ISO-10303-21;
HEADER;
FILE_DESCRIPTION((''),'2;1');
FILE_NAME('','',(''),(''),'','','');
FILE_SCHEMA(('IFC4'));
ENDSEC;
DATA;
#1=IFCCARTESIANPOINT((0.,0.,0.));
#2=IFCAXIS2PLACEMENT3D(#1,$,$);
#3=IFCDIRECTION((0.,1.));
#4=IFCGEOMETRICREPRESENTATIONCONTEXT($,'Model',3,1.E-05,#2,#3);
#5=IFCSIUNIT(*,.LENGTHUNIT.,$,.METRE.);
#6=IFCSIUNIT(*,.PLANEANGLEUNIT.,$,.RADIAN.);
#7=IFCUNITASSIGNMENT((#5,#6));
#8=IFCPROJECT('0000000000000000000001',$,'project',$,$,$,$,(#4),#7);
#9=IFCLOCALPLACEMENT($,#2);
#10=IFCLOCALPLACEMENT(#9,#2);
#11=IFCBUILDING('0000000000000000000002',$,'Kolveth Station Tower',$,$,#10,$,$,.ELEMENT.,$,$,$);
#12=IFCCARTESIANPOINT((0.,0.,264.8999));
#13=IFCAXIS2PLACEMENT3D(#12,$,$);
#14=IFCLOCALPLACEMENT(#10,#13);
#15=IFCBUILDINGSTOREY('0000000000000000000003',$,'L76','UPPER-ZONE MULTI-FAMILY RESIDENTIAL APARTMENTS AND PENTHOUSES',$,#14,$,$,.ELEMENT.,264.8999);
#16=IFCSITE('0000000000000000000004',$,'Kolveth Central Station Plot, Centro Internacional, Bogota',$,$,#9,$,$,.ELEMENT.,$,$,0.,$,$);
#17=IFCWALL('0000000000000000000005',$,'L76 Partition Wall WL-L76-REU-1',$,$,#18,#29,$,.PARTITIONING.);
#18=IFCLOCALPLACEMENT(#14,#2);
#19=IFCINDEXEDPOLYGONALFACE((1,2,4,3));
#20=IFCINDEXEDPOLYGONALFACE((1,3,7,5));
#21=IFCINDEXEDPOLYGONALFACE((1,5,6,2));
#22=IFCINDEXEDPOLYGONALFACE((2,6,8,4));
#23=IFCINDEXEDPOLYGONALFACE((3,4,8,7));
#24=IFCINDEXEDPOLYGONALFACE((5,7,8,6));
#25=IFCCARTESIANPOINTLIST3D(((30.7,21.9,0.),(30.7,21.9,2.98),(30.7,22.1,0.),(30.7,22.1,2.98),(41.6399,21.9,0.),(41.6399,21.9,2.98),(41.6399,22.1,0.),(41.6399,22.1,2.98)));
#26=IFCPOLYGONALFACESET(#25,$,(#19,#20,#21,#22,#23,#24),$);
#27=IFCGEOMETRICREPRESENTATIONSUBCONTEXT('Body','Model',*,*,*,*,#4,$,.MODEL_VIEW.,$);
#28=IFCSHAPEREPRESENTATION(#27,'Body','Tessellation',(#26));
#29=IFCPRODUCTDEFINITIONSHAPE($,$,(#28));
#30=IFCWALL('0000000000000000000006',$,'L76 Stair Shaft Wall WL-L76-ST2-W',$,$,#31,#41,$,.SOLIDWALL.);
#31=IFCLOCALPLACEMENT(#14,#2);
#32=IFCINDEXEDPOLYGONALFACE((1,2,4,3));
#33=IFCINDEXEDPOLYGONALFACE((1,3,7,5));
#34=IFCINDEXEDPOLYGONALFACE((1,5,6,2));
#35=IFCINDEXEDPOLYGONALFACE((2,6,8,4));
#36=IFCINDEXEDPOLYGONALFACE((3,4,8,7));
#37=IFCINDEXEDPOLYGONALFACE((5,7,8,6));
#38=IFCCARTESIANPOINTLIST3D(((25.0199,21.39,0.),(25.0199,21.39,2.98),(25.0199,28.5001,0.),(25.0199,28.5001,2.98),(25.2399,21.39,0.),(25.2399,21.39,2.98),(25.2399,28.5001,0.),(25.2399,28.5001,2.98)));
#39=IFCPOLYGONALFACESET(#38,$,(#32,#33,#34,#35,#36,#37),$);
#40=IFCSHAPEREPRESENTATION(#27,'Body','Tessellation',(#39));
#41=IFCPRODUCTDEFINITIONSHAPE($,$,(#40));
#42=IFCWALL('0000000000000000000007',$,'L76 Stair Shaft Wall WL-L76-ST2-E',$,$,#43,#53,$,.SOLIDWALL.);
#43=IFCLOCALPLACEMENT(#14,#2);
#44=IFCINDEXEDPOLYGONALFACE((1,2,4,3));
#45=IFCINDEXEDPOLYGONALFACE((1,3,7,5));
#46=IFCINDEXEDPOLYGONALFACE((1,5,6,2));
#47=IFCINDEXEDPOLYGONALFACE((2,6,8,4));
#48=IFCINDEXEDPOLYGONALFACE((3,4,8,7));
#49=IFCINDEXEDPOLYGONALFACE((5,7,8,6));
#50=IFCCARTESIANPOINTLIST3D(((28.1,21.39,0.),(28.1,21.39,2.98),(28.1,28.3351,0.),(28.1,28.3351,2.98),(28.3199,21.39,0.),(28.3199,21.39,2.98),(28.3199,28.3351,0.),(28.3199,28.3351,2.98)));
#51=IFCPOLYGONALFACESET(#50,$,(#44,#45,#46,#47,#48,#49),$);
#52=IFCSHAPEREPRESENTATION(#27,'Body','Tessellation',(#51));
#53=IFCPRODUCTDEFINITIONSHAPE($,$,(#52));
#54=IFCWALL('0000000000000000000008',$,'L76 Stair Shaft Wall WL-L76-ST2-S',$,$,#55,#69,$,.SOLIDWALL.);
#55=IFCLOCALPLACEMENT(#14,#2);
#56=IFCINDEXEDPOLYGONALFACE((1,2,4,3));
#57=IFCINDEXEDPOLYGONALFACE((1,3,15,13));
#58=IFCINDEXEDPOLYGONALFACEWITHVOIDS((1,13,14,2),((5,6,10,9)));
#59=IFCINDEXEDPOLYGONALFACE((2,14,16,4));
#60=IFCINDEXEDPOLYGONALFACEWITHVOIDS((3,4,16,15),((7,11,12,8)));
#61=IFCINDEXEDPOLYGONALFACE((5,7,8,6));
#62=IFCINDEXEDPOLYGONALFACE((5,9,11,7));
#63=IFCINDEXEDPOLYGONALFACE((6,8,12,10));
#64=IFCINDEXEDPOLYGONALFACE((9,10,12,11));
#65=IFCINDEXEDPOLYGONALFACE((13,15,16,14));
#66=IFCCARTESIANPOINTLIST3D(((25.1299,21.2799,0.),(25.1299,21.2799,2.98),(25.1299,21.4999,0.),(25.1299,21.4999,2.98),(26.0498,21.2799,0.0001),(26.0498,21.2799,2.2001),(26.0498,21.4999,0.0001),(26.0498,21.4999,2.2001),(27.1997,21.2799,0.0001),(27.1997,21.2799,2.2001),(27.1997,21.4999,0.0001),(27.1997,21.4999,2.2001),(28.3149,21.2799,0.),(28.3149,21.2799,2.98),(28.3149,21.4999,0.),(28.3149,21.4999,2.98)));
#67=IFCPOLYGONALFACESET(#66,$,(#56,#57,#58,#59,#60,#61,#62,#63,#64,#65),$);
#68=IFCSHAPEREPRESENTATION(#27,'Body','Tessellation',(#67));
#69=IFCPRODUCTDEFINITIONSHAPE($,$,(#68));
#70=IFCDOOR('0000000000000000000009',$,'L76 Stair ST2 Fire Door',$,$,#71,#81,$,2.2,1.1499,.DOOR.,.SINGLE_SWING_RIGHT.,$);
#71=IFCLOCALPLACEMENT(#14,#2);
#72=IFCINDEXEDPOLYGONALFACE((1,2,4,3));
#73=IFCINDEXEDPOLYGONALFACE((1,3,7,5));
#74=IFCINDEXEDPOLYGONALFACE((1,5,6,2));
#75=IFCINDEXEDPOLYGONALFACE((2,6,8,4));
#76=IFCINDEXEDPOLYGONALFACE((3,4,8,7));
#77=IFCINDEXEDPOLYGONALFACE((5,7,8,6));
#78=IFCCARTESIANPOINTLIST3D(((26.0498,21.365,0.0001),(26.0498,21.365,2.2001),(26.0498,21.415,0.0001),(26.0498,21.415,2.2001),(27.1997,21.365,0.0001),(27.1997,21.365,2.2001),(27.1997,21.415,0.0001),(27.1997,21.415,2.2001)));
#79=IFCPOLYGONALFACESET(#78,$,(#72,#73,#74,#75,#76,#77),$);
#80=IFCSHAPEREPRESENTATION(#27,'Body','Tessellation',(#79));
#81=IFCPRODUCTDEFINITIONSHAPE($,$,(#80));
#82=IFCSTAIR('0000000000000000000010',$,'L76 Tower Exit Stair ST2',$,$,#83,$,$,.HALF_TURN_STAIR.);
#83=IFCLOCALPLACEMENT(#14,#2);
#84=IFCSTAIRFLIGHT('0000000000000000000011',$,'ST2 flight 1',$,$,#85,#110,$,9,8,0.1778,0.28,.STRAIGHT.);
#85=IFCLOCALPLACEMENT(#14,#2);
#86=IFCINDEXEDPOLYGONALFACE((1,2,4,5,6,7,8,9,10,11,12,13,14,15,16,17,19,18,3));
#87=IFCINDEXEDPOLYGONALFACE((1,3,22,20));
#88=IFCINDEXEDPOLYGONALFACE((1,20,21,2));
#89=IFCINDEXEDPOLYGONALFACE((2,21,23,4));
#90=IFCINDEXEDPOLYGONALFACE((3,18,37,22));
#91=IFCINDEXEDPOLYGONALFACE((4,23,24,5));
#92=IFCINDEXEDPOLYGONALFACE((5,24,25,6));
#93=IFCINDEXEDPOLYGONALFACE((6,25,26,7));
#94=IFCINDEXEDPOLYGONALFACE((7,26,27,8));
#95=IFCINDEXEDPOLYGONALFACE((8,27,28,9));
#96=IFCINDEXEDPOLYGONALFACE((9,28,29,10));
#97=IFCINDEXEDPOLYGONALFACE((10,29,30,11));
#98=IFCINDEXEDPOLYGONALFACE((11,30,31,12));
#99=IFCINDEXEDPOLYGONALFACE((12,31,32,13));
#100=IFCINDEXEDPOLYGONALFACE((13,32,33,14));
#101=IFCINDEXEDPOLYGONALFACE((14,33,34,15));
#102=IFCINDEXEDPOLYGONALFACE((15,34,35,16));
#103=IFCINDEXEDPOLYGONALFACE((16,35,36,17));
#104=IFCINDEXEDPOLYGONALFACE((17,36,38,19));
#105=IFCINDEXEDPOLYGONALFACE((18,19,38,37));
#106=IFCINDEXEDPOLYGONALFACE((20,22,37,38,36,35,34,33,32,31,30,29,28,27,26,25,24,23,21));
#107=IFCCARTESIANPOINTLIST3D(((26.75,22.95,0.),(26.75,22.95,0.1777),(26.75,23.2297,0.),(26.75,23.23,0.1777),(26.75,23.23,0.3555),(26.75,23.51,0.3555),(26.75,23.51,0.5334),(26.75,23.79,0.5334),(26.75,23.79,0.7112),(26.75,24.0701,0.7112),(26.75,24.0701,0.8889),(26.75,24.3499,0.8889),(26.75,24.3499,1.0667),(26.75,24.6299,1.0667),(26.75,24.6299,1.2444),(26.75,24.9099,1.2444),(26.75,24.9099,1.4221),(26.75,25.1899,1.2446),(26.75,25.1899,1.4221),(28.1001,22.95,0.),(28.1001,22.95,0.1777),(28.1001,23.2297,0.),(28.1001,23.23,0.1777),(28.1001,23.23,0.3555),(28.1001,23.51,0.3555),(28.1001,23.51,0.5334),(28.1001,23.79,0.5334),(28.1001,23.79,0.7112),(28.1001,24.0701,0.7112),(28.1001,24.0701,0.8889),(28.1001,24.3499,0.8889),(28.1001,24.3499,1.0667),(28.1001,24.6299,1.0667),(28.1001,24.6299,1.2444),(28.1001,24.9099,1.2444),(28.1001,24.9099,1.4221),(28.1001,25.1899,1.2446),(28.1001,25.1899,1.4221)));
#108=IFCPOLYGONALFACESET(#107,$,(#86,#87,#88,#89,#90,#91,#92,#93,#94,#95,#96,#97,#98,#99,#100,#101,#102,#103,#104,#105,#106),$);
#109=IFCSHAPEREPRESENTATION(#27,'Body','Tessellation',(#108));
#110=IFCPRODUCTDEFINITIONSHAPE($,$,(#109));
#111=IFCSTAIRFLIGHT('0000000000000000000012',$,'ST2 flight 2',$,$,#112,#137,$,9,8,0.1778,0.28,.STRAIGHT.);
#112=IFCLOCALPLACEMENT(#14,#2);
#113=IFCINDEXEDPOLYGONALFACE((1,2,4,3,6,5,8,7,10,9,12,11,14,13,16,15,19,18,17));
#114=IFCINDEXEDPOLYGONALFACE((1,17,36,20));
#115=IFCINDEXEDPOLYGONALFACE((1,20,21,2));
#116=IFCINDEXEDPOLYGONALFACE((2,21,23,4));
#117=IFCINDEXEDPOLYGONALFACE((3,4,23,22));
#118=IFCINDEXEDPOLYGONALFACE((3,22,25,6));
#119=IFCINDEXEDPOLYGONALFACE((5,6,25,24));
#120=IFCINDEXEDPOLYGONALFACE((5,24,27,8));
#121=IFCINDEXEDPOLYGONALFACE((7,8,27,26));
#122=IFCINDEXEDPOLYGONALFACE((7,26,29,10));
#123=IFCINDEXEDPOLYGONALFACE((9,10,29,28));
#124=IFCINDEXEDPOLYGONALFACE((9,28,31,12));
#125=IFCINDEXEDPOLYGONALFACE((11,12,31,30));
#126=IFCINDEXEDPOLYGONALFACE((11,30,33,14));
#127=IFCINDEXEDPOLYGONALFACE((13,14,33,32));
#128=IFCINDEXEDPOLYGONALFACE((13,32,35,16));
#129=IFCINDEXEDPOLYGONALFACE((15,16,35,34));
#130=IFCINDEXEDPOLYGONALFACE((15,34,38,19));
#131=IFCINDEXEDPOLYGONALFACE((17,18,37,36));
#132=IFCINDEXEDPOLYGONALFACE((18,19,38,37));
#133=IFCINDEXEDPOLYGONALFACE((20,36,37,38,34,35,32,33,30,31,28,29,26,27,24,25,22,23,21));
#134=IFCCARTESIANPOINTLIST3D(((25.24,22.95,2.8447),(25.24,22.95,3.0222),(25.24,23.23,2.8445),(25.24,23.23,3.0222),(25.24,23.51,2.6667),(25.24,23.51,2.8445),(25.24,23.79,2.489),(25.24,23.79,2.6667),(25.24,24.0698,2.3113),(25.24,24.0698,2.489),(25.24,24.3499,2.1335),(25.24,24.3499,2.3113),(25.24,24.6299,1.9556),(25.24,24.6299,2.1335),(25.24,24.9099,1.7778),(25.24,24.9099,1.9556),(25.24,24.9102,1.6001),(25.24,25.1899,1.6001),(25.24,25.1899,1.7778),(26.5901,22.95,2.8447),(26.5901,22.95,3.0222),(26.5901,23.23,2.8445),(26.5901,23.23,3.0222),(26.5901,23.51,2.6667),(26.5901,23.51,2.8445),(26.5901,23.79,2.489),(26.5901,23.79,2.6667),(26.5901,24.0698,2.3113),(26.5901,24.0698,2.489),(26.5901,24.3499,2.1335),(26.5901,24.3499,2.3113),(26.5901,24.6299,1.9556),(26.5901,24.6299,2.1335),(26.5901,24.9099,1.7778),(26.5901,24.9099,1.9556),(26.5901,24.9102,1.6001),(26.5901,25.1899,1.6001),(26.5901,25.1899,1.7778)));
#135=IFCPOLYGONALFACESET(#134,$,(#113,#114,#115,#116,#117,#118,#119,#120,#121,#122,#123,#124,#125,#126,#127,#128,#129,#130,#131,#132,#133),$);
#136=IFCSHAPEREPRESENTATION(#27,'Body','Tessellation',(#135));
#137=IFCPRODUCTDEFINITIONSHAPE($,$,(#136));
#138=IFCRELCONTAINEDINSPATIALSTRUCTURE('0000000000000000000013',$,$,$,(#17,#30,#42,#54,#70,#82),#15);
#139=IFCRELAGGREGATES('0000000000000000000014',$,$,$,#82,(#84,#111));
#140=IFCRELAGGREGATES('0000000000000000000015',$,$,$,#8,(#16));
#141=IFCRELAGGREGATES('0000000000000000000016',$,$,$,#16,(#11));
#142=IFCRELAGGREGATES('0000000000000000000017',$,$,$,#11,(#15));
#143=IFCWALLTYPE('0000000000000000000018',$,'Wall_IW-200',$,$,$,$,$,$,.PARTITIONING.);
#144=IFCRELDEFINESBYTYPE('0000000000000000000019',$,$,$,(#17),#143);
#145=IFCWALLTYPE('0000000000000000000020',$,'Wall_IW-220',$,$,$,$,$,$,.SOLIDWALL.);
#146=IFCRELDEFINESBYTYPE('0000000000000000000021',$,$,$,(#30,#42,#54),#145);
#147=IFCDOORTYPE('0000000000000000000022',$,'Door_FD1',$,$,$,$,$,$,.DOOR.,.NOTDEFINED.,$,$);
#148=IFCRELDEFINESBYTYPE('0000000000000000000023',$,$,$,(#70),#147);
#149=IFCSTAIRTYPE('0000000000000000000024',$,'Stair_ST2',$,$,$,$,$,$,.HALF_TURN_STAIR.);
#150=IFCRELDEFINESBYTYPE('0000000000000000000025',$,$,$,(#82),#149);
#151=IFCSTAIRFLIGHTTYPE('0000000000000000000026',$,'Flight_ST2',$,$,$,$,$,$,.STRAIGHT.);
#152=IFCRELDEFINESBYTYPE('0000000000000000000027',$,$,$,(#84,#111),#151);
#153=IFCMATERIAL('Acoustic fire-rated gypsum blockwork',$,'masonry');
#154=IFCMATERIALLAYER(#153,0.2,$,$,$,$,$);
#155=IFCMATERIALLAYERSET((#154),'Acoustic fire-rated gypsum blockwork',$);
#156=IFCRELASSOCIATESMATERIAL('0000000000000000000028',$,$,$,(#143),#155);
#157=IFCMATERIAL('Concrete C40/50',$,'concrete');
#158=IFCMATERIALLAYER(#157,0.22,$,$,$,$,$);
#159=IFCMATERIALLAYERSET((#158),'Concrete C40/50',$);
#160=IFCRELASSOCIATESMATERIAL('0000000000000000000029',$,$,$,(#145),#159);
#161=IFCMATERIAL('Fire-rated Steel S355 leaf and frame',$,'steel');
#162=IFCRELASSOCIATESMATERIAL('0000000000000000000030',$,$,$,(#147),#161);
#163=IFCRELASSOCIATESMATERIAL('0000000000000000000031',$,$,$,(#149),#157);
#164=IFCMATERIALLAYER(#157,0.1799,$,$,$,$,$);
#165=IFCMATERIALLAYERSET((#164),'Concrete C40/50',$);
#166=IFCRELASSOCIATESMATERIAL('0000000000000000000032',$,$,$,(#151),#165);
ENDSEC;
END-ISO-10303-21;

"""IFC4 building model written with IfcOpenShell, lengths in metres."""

from ifc_helpers import new_model, si_unit, direction, frame, frame_2d, origin, place, context, subcontext, project, spatial, polyline, rectangle, outline, extrude, material, layer, layer_set, type_object, element, fill, aggregate, save


model = new_model("IFC4")

# Units and contexts
model_context = context("Model", 3, precision=1e-05, world=origin(), true_north=direction((0.0, 1.0)))
body_context = subcontext(model_context, "Body", "Model", "MODEL_VIEW")
ifc_project = project(units=[si_unit("LENGTHUNIT", "METRE"), si_unit("PLANEANGLEUNIT", "RADIAN")], contexts=[model_context])

# Site, building, storey
site_placement = place(None, origin())
site = spatial("IfcSite", under=ifc_project, at=site_placement, Name="Kolveth Central Station Plot, Centro Internacional, Bogota", CompositionType="ELEMENT", RefElevation=0.0)
building_placement = place(site_placement, origin())
building = spatial("IfcBuilding", under=site, at=building_placement, Name="Kolveth Station Tower", CompositionType="ELEMENT")
storey_placement = place(building_placement, frame((0.0, 0.0, 264.8999)))
storey = spatial("IfcBuildingStorey", under=building, at=storey_placement, Name="L76", Description="UPPER-ZONE MULTI-FAMILY RESIDENTIAL APARTMENTS AND PENTHOUSES", CompositionType="ELEMENT", Elevation=264.8999)

# Walls
ifc_material_1 = material(Name="Acoustic fire-rated gypsum blockwork", Category="masonry")
ifc_layer_1 = layer(ifc_material_1, 0.2)
ifc_layer_set_1 = layer_set([ifc_layer_1], Name="Acoustic fire-rated gypsum blockwork")
wall_type_1 = type_object("IfcWallType", Name="Wall_IW-200", PredefinedType="PARTITIONING", material=ifc_layer_set_1)
wall_1_placement = place(storey_placement, frame((30.7, 22.0, 0.0), z_axis=(0.0, 0.0, 1.0), x_axis=(1.0, 0.0, 0.0)))
element("IfcWall", 1, at=wall_1_placement, inside=storey, type_object=wall_type_1, Name="L76 Partition Wall WL-L76-REU-1", PredefinedType="PARTITIONING", context=body_context, shape_type="SweptSolid", body=[
    extrude(rectangle(XDim=10.9399, YDim=0.2, at=frame_2d((5.47, 0.0))), origin(), (0.0, 0.0, 1.0), 2.98),
])
ifc_material_2 = material(Name="Concrete C40/50", Category="concrete")
ifc_layer_2 = layer(ifc_material_2, 0.22)
ifc_layer_set_2 = layer_set([ifc_layer_2], Name="Concrete C40/50")
wall_type_2 = type_object("IfcWallType", Name="Wall_IW-220", PredefinedType="SOLIDWALL", material=ifc_layer_set_2)
wall_2_placement = place(storey_placement, frame((25.1299, 21.3899, 0.0), z_axis=(0.0, 0.0, 1.0), x_axis=(0.0, 1.0, 0.0)))
element("IfcWall", 2, at=wall_2_placement, inside=storey, type_object=wall_type_2, Name="L76 Stair Shaft Wall WL-L76-ST2-W", PredefinedType="SOLIDWALL", context=body_context, shape_type="SweptSolid", body=[
    extrude(rectangle(XDim=7.1101, YDim=0.22, at=frame_2d((3.5552, 0.0))), origin(), (0.0, 0.0, 1.0), 2.98),
])
wall_3_placement = place(storey_placement, frame((28.21, 21.3899, 0.0), z_axis=(0.0, 0.0, 1.0), x_axis=(0.0, 1.0, 0.0)))
element("IfcWall", 3, at=wall_3_placement, inside=storey, type_object=wall_type_2, Name="L76 Stair Shaft Wall WL-L76-ST2-E", PredefinedType="SOLIDWALL", context=body_context, shape_type="SweptSolid", body=[
    extrude(rectangle(XDim=6.9451, YDim=0.22, at=frame_2d((3.4727, 0.0))), origin(), (0.0, 0.0, 1.0), 2.98),
])

# Wall, opening, door
wall_4_placement = place(storey_placement, frame((25.1299, 21.3899, 0.0), z_axis=(0.0, 0.0, 1.0), x_axis=(1.0, 0.0, 0.0)))
wall_4 = element("IfcWall", 4, at=wall_4_placement, inside=storey, type_object=wall_type_2, Name="L76 Stair Shaft Wall WL-L76-ST2-S", PredefinedType="SOLIDWALL", context=body_context, shape_type="SweptSolid", body=[
    extrude(rectangle(XDim=3.1851, YDim=0.22, at=frame_2d((1.5925, 0.0))), origin(), (0.0, 0.0, 1.0), 2.98),
])
opening_placement = place(wall_4_placement, frame((0.9199, 0.0, 0.0)))
opening = element("IfcOpeningElement", 5, at=opening_placement, cuts=wall_4, PredefinedType="OPENING", context=body_context, shape_type="SweptSolid", body=[
    extrude(rectangle(XDim=1.1499, YDim=2.2, at=frame_2d((0.575, 1.1001))), frame((0.0, 0.1199, 0.0), z_axis=(0.0, -1.0, 0.0), x_axis=(1.0, 0.0, 0.0)), (0.0, 0.0, 1.0), 0.24),
])
ifc_material_3 = material(Name="Fire-rated Steel S355 leaf and frame", Category="steel")
door_type = type_object("IfcDoorType", Name="Door_FD1", OperationType="NOTDEFINED", PredefinedType="DOOR", material=ifc_material_3)
door_placement = place(opening_placement, frame((1.1499, 0.0, 0.0), z_axis=(0.0, 0.0, 1.0), x_axis=(-1.0, 0.0, 0.0)))
door = element("IfcDoor", 6, at=door_placement, inside=storey, type_object=door_type, Name="L76 Stair ST2 Fire Door", OperationType="SINGLE_SWING_RIGHT", OverallHeight=2.2, OverallWidth=1.1499, PredefinedType="DOOR", context=body_context, shape_type="SweptSolid", body=[
    extrude(rectangle(XDim=1.1499, YDim=2.2, at=frame_2d((0.575, 1.1001))), frame((0.0, 0.0249, 0.0), z_axis=(0.0, -1.0, 0.0), x_axis=(1.0, 0.0, 0.0)), (0.0, 0.0, 1.0), 0.05),
])
fill(opening, door)

# Stair, stair flights
stair_type = type_object("IfcStairType", Name="Stair_ST2", PredefinedType="HALF_TURN_STAIR", material=ifc_material_2)
stair_placement = place(storey_placement, origin())
stair = element("IfcStair", 7, at=stair_placement, inside=storey, type_object=stair_type, Name="L76 Tower Exit Stair ST2", PredefinedType="HALF_TURN_STAIR")
ifc_layer_3 = layer(ifc_material_2, 0.1799)
ifc_layer_set_3 = layer_set([ifc_layer_3], Name="Concrete C40/50")
stair_flight_type = type_object("IfcStairFlightType", Name="Flight_ST2", PredefinedType="STRAIGHT", material=ifc_layer_set_3)
stair_flight_1_placement = place(storey_placement, frame((27.425, 22.95, 0.0), z_axis=(0.0, 0.0, 1.0), x_axis=(0.0, 1.0, 0.0)))
stair_flight_1 = element("IfcStairFlight", 8, at=stair_flight_1_placement, type_object=stair_flight_type, Name="ST2 flight 1", NumberOfRisers=9, NumberOfTreads=8, PredefinedType="STRAIGHT", RiserHeight=0.1778, TreadLength=0.28, context=body_context, shape_type="SweptSolid", body=[
    extrude(outline(polyline([(0.0, 0.0), (0.0, 0.1777), (0.28, 0.1777), (0.28, 0.3555), (0.5601, 0.3555), (0.5601, 0.5334), (0.8401, 0.5334), (0.8401, 0.7112), (1.1201, 0.7112), (1.1201, 0.8889), (1.3999, 0.8889), (1.3999, 1.0667), (1.6799, 1.0667), (1.6799, 1.2444), (1.96, 1.2444), (1.96, 1.4221), (2.24, 1.4221), (2.24, 1.6001), (2.24, 1.2446), (0.2798, 0.0), (0.0, 0.0)])), frame((0.0, 0.675, 0.0), z_axis=(0.0, -1.0, 0.0), x_axis=(1.0, 0.0, 0.0)), (0.0, 0.0, 1.0), 1.3501),
])
stair_flight_2_placement = place(storey_placement, frame((25.915, 25.1899, 1.6001), z_axis=(0.0, 0.0, 1.0), x_axis=(0.0, -1.0, 0.0)))
stair_flight_2 = element("IfcStairFlight", 9, at=stair_flight_2_placement, type_object=stair_flight_type, Name="ST2 flight 2", NumberOfRisers=9, NumberOfTreads=8, PredefinedType="STRAIGHT", RiserHeight=0.1778, TreadLength=0.28, context=body_context, shape_type="SweptSolid", body=[
    extrude(outline(polyline([(0.0, 0.0), (0.0, 0.1777), (0.28, 0.1777), (0.28, 0.3555), (0.5601, 0.3555), (0.5601, 0.5334), (0.8401, 0.5334), (0.8401, 0.7112), (1.1201, 0.7112), (1.1201, 0.8889), (1.3999, 0.8889), (1.3999, 1.0667), (1.6799, 1.0667), (1.6799, 1.2444), (1.96, 1.2444), (1.96, 1.4221), (2.24, 1.4221), (2.24, 1.6001), (2.24, 1.2446), (0.2798, 0.0), (0.0, 0.0)])), frame((0.0, 0.675, 0.0), z_axis=(0.0, -1.0, 0.0), x_axis=(1.0, 0.0, 0.0)), (0.0, 0.0, 1.0), 1.3501),
])
aggregate(stair, [stair_flight_1, stair_flight_2])

save(model, "model.ifc")
